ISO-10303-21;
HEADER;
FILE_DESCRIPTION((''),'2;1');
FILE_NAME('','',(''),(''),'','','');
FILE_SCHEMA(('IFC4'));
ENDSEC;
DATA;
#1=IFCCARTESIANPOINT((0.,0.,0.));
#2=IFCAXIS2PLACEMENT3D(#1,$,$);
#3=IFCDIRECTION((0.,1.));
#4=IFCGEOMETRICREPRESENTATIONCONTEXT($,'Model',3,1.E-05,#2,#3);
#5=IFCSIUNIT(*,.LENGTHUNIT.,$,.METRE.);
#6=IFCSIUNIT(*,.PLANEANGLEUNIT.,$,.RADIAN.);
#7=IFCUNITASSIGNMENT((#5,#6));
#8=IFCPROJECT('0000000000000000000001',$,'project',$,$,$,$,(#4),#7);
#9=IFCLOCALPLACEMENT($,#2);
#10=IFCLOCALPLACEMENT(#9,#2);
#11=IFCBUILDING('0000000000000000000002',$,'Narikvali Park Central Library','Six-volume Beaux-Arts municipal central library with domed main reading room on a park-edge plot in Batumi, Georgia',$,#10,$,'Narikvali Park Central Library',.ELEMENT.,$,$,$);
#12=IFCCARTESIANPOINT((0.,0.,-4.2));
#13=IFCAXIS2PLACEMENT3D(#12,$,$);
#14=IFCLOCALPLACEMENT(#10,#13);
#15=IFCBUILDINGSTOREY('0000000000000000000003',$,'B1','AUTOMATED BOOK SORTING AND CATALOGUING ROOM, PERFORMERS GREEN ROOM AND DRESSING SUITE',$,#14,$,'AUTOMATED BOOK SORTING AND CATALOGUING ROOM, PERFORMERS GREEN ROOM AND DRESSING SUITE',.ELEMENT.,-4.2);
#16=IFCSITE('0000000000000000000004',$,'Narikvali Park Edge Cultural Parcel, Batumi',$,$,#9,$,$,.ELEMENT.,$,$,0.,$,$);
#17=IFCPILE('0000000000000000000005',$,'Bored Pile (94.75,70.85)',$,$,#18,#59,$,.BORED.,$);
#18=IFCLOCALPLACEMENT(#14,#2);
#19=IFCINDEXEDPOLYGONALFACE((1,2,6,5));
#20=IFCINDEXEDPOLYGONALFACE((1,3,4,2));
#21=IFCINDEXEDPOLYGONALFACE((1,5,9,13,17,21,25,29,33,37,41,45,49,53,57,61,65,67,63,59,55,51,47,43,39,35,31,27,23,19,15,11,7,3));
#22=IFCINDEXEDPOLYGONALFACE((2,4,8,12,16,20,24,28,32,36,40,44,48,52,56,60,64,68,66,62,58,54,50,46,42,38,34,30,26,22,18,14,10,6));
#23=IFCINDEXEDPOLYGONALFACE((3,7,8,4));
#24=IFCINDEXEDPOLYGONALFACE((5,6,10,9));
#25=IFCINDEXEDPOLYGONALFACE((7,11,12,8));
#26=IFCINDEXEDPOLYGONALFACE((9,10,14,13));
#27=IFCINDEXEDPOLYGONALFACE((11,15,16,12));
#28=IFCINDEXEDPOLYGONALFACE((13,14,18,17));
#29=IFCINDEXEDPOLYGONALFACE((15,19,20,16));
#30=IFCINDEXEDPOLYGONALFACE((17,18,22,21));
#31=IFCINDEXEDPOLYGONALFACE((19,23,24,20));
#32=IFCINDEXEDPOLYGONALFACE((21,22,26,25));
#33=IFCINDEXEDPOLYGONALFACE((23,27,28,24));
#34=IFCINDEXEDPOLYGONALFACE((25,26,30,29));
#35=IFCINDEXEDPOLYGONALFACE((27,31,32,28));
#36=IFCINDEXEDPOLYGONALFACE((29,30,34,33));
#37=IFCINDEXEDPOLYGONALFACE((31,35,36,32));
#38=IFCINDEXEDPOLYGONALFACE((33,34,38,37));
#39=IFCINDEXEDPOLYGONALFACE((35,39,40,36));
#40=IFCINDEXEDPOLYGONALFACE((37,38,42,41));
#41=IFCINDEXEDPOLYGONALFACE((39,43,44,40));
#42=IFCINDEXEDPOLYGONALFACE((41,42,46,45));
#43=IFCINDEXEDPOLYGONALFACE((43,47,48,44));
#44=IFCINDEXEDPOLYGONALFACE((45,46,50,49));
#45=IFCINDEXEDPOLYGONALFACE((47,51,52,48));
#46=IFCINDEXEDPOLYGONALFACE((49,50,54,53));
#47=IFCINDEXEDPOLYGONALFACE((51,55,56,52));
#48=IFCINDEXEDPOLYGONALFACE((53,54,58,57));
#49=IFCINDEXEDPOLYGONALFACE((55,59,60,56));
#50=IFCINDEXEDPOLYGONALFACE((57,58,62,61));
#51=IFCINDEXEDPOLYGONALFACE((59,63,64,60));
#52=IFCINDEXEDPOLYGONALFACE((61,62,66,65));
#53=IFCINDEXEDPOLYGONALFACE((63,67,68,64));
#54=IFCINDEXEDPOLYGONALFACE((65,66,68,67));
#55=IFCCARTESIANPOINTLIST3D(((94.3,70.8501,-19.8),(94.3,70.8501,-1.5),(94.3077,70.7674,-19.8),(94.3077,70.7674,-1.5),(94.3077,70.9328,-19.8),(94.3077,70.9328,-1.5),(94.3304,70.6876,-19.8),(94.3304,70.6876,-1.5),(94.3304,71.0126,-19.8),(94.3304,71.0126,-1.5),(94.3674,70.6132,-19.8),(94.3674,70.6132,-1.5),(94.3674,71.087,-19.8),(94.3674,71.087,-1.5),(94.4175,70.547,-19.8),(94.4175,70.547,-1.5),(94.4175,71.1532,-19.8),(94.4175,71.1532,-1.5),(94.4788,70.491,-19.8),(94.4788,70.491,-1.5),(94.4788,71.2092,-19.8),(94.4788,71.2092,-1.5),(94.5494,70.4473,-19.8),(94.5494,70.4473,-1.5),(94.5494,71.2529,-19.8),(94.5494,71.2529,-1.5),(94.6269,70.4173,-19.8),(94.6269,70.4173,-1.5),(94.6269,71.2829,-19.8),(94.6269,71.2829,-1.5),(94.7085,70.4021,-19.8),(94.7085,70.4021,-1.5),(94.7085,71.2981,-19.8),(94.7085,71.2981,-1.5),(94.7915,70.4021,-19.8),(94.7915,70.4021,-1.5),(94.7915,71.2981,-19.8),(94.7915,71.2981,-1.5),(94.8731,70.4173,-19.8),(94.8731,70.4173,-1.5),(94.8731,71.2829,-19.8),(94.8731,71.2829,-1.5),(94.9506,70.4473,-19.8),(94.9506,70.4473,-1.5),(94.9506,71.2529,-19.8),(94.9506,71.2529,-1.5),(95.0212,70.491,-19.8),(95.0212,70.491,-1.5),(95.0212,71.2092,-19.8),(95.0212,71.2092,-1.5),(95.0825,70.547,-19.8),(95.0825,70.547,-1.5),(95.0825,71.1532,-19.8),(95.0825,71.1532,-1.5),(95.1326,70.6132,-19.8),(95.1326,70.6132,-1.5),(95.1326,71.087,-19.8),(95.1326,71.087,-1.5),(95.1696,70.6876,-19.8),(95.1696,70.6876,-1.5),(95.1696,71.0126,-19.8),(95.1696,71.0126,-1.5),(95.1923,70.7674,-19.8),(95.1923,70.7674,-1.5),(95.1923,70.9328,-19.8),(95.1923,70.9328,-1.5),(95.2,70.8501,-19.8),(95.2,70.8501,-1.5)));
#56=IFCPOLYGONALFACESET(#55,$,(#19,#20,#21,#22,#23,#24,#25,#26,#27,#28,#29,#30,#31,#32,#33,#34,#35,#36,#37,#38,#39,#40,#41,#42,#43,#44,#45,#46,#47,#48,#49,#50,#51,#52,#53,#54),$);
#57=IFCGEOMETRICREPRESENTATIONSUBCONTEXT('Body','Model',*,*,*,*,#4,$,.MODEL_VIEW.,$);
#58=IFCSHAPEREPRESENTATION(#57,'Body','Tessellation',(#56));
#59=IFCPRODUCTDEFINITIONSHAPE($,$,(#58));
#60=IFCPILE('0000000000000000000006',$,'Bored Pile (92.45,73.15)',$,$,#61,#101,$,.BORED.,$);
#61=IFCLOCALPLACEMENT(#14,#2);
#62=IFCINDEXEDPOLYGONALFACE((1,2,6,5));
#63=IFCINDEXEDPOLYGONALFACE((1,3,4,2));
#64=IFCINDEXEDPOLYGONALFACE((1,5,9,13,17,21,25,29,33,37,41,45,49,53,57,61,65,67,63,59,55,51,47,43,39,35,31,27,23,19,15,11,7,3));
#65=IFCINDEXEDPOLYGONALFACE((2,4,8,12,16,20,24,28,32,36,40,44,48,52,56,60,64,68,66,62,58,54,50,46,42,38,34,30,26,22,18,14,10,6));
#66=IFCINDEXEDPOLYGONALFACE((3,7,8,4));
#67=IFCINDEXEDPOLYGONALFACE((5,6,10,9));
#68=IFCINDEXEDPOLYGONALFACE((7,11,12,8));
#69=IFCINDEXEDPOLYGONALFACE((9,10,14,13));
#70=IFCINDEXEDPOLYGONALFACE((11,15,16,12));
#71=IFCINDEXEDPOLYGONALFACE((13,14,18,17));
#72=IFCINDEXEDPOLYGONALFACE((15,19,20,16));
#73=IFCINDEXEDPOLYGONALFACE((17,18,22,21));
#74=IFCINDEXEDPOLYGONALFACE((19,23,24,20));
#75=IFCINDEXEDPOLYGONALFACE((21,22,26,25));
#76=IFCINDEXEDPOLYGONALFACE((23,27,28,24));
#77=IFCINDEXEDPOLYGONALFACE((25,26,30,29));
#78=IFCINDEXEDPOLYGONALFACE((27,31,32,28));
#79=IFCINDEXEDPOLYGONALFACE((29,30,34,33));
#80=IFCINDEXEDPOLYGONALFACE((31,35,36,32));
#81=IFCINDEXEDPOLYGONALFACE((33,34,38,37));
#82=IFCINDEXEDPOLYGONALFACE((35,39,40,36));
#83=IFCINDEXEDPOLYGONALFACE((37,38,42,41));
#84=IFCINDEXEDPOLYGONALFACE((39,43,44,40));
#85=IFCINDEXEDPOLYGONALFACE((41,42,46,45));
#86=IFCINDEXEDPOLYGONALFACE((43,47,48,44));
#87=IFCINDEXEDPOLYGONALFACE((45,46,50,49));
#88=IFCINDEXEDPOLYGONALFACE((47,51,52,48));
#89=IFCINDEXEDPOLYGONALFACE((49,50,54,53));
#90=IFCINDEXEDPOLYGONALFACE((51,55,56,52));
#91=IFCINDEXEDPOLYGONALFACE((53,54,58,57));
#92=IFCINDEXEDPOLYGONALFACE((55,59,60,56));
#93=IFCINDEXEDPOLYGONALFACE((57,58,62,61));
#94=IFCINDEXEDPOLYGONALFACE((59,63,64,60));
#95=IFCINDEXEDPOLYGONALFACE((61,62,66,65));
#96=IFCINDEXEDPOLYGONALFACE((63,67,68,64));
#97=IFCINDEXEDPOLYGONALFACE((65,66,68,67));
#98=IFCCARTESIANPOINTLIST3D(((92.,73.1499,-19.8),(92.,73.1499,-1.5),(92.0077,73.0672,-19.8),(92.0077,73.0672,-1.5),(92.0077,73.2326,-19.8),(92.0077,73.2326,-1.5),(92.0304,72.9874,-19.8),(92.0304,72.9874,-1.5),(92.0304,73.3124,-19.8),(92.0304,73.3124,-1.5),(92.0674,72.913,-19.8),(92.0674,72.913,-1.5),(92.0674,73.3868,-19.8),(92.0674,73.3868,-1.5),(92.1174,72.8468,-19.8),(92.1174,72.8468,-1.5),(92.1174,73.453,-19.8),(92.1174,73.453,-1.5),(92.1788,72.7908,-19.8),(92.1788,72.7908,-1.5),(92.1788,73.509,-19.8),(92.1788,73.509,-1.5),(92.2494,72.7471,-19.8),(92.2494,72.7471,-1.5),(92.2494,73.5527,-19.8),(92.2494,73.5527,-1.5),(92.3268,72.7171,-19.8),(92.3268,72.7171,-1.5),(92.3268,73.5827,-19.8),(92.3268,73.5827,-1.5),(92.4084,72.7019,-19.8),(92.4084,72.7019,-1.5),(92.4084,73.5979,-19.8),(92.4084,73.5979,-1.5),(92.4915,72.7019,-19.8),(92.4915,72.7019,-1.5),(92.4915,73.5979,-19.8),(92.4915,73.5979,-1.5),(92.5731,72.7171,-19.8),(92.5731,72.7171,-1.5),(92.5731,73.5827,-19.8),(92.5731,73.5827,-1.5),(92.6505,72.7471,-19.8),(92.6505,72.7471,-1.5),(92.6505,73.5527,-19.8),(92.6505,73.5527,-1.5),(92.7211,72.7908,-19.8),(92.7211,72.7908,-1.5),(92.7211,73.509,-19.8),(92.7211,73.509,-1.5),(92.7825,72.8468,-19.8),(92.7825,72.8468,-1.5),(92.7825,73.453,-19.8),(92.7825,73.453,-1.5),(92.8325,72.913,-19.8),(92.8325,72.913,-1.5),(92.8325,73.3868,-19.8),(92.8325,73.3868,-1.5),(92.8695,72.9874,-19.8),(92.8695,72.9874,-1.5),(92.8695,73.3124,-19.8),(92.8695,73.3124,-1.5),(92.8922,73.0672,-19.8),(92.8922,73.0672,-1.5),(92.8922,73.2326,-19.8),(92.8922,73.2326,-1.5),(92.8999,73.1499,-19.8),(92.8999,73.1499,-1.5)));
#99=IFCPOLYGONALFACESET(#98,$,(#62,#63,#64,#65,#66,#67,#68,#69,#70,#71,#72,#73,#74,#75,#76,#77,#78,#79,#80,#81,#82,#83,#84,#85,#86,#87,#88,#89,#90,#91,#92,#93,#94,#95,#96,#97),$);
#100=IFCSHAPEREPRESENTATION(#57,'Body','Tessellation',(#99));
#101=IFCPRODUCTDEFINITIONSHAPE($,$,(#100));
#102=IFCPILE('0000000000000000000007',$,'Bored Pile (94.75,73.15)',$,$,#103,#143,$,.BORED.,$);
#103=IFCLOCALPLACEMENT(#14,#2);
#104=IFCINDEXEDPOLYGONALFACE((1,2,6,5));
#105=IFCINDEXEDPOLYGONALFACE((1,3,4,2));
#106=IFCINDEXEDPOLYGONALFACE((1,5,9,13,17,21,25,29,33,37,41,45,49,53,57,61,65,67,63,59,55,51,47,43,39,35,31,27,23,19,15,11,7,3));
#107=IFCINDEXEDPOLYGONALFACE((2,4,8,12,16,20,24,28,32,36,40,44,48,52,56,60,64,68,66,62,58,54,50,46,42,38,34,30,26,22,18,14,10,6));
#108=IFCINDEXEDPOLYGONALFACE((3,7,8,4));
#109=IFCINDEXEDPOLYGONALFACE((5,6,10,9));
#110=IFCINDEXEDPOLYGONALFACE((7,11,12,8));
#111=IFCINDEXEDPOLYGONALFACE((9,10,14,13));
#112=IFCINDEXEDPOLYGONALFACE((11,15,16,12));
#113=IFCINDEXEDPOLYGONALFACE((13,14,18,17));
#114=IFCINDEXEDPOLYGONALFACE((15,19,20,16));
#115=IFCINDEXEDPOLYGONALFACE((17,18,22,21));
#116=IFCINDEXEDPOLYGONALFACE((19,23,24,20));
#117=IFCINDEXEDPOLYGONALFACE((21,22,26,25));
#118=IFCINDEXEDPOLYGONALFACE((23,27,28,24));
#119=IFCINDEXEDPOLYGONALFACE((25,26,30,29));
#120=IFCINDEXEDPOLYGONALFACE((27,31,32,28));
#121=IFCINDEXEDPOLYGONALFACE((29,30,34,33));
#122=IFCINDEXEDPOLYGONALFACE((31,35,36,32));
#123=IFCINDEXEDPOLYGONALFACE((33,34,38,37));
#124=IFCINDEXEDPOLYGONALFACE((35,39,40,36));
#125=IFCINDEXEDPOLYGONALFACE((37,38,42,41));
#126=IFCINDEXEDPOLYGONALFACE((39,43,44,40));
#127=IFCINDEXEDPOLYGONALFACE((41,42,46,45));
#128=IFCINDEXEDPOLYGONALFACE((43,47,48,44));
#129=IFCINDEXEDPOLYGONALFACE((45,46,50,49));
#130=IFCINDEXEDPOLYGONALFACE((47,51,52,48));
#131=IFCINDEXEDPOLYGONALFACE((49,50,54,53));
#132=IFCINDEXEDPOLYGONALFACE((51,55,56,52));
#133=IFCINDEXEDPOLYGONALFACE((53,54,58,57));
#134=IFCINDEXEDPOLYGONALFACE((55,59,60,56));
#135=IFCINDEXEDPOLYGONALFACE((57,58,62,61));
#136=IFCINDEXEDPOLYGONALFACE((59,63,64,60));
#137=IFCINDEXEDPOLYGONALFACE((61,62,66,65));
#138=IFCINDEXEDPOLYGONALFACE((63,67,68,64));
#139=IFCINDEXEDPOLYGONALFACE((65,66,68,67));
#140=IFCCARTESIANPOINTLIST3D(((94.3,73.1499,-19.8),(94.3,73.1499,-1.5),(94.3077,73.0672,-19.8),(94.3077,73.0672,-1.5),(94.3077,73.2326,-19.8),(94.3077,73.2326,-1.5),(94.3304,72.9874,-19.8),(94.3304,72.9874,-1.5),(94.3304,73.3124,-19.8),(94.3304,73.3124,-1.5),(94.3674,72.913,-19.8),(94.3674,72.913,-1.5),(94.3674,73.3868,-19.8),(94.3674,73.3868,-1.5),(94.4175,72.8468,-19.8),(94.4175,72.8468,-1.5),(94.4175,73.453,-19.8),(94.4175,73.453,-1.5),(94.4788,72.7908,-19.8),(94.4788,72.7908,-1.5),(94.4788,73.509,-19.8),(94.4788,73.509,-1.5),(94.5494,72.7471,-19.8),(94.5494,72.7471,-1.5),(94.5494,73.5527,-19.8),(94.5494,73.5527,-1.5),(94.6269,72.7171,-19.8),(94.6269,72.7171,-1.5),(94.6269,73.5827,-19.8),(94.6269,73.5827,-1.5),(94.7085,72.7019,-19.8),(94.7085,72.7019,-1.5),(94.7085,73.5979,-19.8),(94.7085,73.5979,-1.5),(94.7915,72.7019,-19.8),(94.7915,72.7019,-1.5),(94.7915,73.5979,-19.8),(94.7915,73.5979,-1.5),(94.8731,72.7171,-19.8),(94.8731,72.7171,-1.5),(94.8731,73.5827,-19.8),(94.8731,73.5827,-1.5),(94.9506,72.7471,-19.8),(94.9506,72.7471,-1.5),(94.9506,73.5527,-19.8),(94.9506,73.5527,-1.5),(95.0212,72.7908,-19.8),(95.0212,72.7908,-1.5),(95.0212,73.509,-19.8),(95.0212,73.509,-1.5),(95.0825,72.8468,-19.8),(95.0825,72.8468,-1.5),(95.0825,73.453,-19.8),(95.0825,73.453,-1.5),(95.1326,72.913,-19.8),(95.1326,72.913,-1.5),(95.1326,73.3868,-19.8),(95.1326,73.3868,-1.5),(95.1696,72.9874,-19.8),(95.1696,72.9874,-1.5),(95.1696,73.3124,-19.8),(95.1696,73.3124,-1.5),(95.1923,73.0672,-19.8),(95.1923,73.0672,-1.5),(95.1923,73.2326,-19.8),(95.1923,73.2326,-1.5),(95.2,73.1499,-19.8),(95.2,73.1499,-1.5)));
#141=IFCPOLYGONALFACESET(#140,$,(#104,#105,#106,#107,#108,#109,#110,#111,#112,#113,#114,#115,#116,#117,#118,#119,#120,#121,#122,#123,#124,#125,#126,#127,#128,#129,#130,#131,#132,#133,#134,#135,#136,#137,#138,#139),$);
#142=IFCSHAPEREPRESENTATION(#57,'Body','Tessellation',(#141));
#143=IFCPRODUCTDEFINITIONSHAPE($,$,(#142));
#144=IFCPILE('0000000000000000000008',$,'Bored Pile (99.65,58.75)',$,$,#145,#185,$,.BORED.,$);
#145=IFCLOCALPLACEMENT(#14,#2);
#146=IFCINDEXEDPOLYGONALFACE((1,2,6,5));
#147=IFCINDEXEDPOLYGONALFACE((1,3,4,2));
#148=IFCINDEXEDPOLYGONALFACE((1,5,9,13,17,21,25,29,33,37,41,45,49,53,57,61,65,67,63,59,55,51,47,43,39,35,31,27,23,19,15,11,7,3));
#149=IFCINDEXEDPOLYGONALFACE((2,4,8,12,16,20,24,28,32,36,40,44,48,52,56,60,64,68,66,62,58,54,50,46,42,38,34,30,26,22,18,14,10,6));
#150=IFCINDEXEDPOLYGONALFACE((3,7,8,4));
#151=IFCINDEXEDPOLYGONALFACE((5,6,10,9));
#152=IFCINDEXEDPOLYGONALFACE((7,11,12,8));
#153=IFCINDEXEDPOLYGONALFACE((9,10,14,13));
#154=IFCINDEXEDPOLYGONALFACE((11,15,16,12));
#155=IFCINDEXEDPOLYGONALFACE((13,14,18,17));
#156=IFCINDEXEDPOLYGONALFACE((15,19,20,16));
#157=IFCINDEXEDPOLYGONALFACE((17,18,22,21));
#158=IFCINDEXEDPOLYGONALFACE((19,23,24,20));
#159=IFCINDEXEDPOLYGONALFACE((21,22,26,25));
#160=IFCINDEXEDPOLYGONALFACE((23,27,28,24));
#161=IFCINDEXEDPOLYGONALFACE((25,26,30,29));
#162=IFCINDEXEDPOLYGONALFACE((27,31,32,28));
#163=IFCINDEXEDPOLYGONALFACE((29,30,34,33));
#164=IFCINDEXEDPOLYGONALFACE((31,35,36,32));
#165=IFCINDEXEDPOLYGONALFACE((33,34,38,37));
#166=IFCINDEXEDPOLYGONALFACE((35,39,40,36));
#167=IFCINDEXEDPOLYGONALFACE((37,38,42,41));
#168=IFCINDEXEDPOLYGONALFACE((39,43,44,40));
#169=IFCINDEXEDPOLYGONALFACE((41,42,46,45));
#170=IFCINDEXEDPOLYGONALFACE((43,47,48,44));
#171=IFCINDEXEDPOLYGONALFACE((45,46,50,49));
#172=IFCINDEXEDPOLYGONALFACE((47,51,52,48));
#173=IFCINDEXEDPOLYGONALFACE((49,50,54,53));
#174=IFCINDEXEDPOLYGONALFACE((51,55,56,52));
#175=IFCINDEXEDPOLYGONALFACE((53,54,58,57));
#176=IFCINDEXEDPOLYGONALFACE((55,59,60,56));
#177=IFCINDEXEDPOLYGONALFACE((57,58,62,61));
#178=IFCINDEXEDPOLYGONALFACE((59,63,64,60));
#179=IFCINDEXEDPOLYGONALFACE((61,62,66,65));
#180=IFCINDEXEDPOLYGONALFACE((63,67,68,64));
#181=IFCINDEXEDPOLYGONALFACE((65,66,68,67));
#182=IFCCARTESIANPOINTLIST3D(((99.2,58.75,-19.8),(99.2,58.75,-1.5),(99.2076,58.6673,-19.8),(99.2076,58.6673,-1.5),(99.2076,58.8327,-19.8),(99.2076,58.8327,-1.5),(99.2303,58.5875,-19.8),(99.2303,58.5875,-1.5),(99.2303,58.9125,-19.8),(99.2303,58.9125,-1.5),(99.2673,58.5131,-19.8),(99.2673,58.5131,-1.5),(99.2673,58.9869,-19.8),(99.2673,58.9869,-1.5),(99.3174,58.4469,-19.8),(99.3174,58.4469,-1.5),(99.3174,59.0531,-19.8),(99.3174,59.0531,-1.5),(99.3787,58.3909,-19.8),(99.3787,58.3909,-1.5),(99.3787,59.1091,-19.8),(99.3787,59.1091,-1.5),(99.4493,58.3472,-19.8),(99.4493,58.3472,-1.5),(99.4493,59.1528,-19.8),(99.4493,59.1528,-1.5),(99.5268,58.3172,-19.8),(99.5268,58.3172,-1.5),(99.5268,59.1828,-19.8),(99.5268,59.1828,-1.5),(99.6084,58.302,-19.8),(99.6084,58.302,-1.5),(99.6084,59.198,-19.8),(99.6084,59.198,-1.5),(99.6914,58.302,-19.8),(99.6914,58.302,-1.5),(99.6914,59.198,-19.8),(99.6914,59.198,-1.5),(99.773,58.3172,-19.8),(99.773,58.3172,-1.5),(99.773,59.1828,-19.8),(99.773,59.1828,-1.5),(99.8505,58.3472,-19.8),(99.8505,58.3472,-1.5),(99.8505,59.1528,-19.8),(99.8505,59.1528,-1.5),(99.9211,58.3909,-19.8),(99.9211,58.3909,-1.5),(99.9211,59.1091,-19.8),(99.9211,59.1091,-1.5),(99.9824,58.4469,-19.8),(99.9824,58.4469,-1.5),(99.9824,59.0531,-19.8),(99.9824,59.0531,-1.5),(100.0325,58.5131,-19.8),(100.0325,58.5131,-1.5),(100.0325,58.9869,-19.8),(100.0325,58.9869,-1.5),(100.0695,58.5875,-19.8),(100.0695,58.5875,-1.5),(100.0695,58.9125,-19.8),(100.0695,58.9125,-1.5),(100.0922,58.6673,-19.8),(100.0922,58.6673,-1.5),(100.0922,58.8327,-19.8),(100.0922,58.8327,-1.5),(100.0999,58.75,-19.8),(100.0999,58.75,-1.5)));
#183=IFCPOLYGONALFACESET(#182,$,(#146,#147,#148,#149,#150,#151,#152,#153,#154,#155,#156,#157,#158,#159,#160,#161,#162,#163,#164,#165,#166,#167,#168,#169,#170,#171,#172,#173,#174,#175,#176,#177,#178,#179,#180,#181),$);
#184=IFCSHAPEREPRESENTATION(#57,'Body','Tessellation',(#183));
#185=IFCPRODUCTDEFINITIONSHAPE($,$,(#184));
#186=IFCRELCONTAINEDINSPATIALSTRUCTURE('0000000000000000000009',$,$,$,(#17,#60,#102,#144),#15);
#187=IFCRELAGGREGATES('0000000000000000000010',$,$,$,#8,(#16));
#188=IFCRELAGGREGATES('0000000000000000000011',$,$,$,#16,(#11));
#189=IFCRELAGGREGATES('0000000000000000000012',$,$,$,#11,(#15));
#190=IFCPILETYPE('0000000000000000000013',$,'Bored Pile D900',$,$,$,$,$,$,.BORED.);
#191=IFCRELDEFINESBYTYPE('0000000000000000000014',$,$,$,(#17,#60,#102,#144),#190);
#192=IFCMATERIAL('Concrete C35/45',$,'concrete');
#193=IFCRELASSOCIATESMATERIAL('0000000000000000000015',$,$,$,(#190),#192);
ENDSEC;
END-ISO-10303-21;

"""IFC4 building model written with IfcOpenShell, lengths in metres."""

from ifc_helpers import new_model, si_unit, direction, frame, origin, origin_2d, place, context, subcontext, project, spatial, circle, extrude, material, material_profile, profile_set, type_object, element, save


model = new_model("IFC4")

# Units and contexts
model_context = context("Model", 3, precision=1e-05, world=origin(), true_north=direction((0.0, 1.0)))
body_context = subcontext(model_context, "Body", "Model", "MODEL_VIEW")
ifc_project = project(units=[si_unit("LENGTHUNIT", "METRE"), si_unit("PLANEANGLEUNIT", "RADIAN")], contexts=[model_context])

# Site, building, storey
site_placement = place(None, origin())
site = spatial("IfcSite", under=ifc_project, at=site_placement, Name="Narikvali Park Edge Cultural Parcel, Batumi", CompositionType="ELEMENT", RefElevation=0.0)
building_placement = place(site_placement, origin())
building = spatial("IfcBuilding", under=site, at=building_placement, Name="Narikvali Park Central Library", Description="Six-volume Beaux-Arts municipal central library with domed main reading room on a park-edge plot in Batumi, Georgia", LongName="Narikvali Park Central Library", CompositionType="ELEMENT")
storey_placement = place(building_placement, frame((0.0, 0.0, -4.2)))
storey = spatial("IfcBuildingStorey", under=building, at=storey_placement, Name="B1", Description="AUTOMATED BOOK SORTING AND CATALOGUING ROOM, PERFORMERS GREEN ROOM AND DRESSING SUITE", LongName="AUTOMATED BOOK SORTING AND CATALOGUING ROOM, PERFORMERS GREEN ROOM AND DRESSING SUITE", CompositionType="ELEMENT", Elevation=-4.2)

# Piles
ifc_material_1 = material(Name="Concrete C35/45", Category="concrete")
ifc_material_profile_1 = material_profile(ifc_material_1, circle(Radius=0.45, at=origin_2d()), Name="PILE D900")
ifc_profile_set_1 = profile_set([ifc_material_profile_1], Name="Concrete C35/45")
pile_type = type_object("IfcPileType", Name="Bored Pile D900", PredefinedType="BORED", material=ifc_profile_set_1)
for number, where, z_axis, x_axis, name in (
    (1, (94.75, 70.8501, -1.5), (0.0, 0.0, -1.0), (1.0, 0.0, 0.0), "Bored Pile (94.75,70.85)"),
    (2, (92.45, 73.1499, -1.5), (0.0, 0.0, -1.0), (1.0, 0.0, 0.0), "Bored Pile (92.45,73.15)"),
    (3, (94.75, 73.1499, -1.5), (0.0, 0.0, -1.0), (1.0, 0.0, 0.0), "Bored Pile (94.75,73.15)"),
    (4, (99.6499, 58.75, -1.5), (0.0, 0.0, -1.0), (1.0, 0.0, 0.0), "Bored Pile (99.65,58.75)"),
):
    element("IfcPile", number, at=place(storey_placement, frame(where, z_axis=z_axis, x_axis=x_axis)), inside=storey, type_object=pile_type, Name=name, PredefinedType="BORED", context=body_context, shape_type="SweptSolid", body=[
        extrude(circle(Radius=0.45, at=origin_2d()), origin(), (0.0, 0.0, 1.0), 18.3),
    ])

save(model, "model.ifc")
